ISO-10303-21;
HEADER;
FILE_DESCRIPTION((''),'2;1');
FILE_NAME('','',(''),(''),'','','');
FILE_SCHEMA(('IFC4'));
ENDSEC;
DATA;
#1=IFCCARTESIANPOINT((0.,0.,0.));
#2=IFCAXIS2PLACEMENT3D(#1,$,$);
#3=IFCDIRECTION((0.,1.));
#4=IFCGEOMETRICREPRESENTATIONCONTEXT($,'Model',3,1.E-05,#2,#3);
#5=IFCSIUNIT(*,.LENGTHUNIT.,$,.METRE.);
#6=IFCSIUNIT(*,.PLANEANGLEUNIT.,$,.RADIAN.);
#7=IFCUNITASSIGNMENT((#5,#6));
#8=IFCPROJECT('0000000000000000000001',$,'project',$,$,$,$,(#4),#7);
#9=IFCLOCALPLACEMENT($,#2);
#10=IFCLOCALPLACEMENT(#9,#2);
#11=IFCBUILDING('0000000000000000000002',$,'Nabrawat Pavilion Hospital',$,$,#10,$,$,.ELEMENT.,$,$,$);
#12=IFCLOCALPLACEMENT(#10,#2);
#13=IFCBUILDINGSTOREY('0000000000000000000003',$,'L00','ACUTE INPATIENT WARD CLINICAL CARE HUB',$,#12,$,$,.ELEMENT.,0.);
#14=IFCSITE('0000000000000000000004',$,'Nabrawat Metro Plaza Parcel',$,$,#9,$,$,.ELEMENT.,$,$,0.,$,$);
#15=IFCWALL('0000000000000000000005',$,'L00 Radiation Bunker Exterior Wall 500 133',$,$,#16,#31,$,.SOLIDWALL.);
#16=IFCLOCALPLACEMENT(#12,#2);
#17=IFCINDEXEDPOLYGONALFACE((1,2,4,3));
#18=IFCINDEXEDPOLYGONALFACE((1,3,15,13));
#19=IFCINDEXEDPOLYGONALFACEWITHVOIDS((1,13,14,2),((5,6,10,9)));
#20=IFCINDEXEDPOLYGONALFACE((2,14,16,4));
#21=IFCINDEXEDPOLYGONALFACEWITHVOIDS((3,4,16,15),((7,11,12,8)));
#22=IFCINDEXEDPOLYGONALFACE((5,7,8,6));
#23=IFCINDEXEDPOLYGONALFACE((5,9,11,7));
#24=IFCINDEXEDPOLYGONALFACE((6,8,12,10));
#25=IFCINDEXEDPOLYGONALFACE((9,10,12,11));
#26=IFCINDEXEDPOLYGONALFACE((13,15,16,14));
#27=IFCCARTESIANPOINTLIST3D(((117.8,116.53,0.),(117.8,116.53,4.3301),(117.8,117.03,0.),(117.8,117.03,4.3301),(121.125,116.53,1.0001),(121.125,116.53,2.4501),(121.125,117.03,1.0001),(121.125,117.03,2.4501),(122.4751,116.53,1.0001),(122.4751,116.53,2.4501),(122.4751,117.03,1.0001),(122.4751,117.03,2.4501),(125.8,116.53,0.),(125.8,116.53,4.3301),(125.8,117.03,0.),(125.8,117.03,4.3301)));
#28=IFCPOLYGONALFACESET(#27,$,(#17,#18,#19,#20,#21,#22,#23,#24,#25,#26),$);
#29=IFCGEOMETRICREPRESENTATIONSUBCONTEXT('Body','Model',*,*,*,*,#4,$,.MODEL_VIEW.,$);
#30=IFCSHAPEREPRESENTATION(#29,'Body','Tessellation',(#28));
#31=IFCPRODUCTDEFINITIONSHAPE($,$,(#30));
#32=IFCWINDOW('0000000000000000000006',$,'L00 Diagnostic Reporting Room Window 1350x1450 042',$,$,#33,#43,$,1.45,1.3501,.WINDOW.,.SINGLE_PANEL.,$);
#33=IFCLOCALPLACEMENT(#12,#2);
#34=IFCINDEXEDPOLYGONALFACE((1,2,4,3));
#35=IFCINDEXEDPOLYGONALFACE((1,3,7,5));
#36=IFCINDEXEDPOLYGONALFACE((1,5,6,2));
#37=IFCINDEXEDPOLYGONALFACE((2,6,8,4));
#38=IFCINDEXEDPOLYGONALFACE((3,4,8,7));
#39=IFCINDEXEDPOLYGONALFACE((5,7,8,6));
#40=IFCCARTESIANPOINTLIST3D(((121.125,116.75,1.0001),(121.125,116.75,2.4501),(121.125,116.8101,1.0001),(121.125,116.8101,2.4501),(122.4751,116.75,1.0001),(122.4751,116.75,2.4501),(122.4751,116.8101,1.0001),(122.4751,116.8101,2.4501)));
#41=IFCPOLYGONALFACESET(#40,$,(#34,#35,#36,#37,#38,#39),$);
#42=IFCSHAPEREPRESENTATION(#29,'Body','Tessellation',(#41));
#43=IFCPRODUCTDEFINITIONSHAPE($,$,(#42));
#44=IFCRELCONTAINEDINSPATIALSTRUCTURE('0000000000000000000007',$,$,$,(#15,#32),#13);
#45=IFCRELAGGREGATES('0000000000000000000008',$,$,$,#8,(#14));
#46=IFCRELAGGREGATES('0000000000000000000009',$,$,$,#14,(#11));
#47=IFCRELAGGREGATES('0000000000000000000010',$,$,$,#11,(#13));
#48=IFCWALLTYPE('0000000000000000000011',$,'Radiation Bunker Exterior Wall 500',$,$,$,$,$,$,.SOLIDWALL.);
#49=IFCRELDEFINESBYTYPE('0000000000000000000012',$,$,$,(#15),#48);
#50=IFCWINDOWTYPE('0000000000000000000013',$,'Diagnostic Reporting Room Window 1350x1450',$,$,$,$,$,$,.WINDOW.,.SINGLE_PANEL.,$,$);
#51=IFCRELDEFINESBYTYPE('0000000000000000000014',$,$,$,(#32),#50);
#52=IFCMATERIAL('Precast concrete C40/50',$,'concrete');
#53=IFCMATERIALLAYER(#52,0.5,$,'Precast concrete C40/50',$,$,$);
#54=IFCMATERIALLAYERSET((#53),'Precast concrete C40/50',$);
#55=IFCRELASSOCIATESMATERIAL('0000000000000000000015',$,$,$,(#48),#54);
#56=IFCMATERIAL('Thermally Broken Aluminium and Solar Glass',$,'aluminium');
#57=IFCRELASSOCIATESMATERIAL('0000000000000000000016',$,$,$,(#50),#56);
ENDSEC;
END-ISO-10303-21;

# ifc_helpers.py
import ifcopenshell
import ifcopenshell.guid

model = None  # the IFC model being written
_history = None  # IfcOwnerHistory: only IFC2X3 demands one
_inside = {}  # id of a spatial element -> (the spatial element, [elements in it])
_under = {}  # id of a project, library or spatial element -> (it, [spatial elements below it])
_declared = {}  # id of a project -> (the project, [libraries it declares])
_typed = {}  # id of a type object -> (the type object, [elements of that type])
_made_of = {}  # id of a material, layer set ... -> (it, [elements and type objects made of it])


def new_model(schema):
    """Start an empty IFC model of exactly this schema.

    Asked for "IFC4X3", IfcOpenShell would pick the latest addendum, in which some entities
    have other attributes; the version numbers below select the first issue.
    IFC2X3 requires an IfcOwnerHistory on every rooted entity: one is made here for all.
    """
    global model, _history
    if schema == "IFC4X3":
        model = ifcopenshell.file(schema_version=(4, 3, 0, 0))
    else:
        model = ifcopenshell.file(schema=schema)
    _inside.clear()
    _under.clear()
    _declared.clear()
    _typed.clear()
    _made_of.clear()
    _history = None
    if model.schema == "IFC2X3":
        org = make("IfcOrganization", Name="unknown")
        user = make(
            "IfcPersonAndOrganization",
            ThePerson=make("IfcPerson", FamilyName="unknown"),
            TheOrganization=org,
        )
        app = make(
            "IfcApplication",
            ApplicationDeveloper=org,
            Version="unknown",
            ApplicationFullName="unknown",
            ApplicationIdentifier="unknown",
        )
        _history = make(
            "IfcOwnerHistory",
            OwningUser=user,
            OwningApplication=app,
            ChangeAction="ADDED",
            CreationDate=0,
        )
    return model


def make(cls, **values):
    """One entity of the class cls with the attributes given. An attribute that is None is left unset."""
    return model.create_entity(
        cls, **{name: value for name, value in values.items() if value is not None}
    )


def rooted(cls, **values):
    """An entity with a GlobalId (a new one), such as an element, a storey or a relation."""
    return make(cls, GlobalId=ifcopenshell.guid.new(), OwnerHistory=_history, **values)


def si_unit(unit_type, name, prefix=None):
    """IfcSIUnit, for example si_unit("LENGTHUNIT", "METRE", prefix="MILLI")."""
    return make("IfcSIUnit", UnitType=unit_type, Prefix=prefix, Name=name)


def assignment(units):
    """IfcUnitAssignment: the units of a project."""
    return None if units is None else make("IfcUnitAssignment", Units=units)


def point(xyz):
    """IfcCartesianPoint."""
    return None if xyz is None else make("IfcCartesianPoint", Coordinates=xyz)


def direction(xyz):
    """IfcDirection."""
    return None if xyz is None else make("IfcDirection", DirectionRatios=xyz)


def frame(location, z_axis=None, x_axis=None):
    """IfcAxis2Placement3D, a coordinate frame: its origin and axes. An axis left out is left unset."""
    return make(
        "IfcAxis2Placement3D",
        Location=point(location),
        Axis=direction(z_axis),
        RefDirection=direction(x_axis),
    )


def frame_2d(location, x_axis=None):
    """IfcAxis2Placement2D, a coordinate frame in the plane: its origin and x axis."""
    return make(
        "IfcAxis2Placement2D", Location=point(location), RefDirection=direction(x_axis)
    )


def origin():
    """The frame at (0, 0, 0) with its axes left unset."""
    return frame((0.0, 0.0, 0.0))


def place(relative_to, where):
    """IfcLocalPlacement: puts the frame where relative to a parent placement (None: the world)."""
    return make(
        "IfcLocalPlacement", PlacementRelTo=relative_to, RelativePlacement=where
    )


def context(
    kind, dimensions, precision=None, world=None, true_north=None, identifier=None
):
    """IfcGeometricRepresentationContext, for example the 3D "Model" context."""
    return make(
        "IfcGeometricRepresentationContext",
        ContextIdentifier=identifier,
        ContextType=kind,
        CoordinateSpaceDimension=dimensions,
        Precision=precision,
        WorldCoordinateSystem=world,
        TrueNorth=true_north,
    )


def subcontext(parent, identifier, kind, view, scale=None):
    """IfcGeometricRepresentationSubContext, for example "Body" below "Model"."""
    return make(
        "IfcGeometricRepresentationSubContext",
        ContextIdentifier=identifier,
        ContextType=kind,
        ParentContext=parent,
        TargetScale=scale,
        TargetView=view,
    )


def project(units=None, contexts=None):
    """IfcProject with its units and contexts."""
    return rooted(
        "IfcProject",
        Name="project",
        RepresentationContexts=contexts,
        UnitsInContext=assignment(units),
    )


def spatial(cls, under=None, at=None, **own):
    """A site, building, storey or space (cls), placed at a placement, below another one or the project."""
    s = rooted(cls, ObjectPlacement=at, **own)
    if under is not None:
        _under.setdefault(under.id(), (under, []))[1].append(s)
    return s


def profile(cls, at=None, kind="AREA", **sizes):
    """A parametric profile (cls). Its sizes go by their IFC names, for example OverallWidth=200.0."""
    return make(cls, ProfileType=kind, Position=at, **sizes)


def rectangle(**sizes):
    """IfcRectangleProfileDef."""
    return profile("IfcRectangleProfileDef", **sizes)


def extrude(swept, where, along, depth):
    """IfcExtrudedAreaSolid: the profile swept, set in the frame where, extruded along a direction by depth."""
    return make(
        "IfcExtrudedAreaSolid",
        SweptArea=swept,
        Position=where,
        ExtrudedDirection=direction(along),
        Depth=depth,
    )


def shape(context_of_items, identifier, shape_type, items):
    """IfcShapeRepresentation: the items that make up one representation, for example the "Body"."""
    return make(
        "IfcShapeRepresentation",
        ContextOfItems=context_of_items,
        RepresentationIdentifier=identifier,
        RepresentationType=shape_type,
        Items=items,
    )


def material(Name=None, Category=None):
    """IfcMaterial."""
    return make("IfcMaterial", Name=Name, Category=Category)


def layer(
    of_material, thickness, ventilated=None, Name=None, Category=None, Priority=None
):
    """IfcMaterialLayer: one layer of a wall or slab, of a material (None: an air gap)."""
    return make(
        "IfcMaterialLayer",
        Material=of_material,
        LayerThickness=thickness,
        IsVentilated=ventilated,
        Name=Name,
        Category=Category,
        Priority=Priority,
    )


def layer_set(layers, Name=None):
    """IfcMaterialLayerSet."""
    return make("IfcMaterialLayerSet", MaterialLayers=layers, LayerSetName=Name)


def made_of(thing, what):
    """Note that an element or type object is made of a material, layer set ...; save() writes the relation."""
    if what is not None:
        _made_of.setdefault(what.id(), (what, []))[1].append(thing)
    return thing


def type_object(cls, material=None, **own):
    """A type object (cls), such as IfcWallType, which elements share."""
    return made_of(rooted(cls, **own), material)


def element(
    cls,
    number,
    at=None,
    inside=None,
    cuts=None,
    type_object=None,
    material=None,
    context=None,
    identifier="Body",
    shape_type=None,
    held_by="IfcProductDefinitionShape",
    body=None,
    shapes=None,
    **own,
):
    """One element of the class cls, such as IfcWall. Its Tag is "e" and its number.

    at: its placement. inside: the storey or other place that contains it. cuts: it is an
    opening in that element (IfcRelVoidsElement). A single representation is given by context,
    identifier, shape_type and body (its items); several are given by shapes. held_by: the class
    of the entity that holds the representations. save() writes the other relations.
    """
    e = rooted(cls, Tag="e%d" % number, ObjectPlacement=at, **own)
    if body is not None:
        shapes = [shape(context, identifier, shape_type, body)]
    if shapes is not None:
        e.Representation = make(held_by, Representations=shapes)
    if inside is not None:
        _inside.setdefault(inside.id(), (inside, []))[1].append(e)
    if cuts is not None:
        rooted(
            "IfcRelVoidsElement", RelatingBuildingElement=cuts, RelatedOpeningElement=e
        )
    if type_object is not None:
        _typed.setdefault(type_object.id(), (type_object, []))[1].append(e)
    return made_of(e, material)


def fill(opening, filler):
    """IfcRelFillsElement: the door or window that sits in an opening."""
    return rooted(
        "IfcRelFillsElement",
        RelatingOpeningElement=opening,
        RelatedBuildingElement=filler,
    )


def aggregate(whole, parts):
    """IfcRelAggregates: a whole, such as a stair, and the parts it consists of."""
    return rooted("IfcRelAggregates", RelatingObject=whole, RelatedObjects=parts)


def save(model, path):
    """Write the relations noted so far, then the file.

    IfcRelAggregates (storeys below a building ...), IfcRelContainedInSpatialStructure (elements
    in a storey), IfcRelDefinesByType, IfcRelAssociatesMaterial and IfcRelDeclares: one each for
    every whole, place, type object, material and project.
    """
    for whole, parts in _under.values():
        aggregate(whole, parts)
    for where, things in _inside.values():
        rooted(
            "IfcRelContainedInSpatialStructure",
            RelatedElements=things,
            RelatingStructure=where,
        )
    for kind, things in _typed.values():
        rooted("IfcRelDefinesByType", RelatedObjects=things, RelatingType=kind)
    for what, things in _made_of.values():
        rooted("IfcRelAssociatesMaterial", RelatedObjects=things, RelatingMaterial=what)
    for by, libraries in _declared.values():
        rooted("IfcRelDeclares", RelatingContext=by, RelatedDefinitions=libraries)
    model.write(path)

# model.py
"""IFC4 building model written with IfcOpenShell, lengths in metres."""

from ifc_helpers import new_model, si_unit, direction, frame, frame_2d, origin, place, context, subcontext, project, spatial, rectangle, extrude, material, layer, layer_set, type_object, element, fill, save


model = new_model("IFC4")

# Units and contexts
model_context = context("Model", 3, precision=1e-05, world=origin(), true_north=direction((0.0, 1.0)))
body_context = subcontext(model_context, "Body", "Model", "MODEL_VIEW")
ifc_project = project(units=[si_unit("LENGTHUNIT", "METRE"), si_unit("PLANEANGLEUNIT", "RADIAN")], contexts=[model_context])

# Site, building, storey
site_placement = place(None, origin())
site = spatial("IfcSite", under=ifc_project, at=site_placement, Name="Nabrawat Metro Plaza Parcel", CompositionType="ELEMENT", RefElevation=0.0)
building_placement = place(site_placement, origin())
building = spatial("IfcBuilding", under=site, at=building_placement, Name="Nabrawat Pavilion Hospital", CompositionType="ELEMENT")
storey_placement = place(building_placement, origin())
storey = spatial("IfcBuildingStorey", under=building, at=storey_placement, Name="L00", Description="ACUTE INPATIENT WARD CLINICAL CARE HUB", CompositionType="ELEMENT", Elevation=0.0)

# Shared definitions
ifc_material_1 = material(Name="Precast concrete C40/50", Category="concrete")

# Wall, opening, window
ifc_material_2 = material(Name="Thermally Broken Aluminium and Solar Glass", Category="aluminium")
ifc_layer_1 = layer(ifc_material_1, 0.5, Name="Precast concrete C40/50")
ifc_layer_set_1 = layer_set([ifc_layer_1], Name="Precast concrete C40/50")
wall_type_1 = type_object("IfcWallType", Name="Radiation Bunker Exterior Wall 500", PredefinedType="SOLIDWALL", material=ifc_layer_set_1)
wall_1_placement = place(storey_placement, frame((117.8, 116.78, 0.0), z_axis=(0.0, 0.0, 1.0), x_axis=(1.0, 0.0, 0.0)))
wall_1 = element("IfcWall", 1, at=wall_1_placement, inside=storey, type_object=wall_type_1, Name="L00 Radiation Bunker Exterior Wall 500 133", PredefinedType="SOLIDWALL", context=body_context, shape_type="SweptSolid", body=[
    extrude(rectangle(XDim=8.0, YDim=0.5, at=frame_2d((4.0, 0.0))), origin(), (0.0, 0.0, 1.0), 4.3301),
])
opening_1_placement = place(wall_1_placement, frame((3.325, 0.0, 1.0)))
opening_1 = element("IfcOpeningElement", 2, at=opening_1_placement, cuts=wall_1, PredefinedType="OPENING", context=body_context, shape_type="SweptSolid", body=[
    extrude(rectangle(XDim=1.3501, YDim=1.45, at=frame_2d((0.675, 0.7251))), frame((0.0, 0.26, 0.0), z_axis=(0.0, -1.0, 0.0), x_axis=(1.0, 0.0, 0.0)), (0.0, 0.0, 1.0), 0.52),
])
window_type_1 = type_object("IfcWindowType", Name="Diagnostic Reporting Room Window 1350x1450", PartitioningType="SINGLE_PANEL", PredefinedType="WINDOW", material=ifc_material_2)
window_1_placement = place(opening_1_placement, origin())
window_1 = element("IfcWindow", 3, at=window_1_placement, inside=storey, type_object=window_type_1, Name="L00 Diagnostic Reporting Room Window 1350x1450 042", OverallHeight=1.45, OverallWidth=1.3501, PartitioningType="SINGLE_PANEL", PredefinedType="WINDOW", context=body_context, shape_type="SweptSolid", body=[
    extrude(rectangle(XDim=1.3501, YDim=1.45, at=frame_2d((0.675, 0.7251))), frame((0.0, 0.03, 0.0), z_axis=(0.0, -1.0, 0.0), x_axis=(1.0, 0.0, 0.0)), (0.0, 0.0, 1.0), 0.0601),
])
fill(opening_1, window_1)

save(model, "model.ifc")
